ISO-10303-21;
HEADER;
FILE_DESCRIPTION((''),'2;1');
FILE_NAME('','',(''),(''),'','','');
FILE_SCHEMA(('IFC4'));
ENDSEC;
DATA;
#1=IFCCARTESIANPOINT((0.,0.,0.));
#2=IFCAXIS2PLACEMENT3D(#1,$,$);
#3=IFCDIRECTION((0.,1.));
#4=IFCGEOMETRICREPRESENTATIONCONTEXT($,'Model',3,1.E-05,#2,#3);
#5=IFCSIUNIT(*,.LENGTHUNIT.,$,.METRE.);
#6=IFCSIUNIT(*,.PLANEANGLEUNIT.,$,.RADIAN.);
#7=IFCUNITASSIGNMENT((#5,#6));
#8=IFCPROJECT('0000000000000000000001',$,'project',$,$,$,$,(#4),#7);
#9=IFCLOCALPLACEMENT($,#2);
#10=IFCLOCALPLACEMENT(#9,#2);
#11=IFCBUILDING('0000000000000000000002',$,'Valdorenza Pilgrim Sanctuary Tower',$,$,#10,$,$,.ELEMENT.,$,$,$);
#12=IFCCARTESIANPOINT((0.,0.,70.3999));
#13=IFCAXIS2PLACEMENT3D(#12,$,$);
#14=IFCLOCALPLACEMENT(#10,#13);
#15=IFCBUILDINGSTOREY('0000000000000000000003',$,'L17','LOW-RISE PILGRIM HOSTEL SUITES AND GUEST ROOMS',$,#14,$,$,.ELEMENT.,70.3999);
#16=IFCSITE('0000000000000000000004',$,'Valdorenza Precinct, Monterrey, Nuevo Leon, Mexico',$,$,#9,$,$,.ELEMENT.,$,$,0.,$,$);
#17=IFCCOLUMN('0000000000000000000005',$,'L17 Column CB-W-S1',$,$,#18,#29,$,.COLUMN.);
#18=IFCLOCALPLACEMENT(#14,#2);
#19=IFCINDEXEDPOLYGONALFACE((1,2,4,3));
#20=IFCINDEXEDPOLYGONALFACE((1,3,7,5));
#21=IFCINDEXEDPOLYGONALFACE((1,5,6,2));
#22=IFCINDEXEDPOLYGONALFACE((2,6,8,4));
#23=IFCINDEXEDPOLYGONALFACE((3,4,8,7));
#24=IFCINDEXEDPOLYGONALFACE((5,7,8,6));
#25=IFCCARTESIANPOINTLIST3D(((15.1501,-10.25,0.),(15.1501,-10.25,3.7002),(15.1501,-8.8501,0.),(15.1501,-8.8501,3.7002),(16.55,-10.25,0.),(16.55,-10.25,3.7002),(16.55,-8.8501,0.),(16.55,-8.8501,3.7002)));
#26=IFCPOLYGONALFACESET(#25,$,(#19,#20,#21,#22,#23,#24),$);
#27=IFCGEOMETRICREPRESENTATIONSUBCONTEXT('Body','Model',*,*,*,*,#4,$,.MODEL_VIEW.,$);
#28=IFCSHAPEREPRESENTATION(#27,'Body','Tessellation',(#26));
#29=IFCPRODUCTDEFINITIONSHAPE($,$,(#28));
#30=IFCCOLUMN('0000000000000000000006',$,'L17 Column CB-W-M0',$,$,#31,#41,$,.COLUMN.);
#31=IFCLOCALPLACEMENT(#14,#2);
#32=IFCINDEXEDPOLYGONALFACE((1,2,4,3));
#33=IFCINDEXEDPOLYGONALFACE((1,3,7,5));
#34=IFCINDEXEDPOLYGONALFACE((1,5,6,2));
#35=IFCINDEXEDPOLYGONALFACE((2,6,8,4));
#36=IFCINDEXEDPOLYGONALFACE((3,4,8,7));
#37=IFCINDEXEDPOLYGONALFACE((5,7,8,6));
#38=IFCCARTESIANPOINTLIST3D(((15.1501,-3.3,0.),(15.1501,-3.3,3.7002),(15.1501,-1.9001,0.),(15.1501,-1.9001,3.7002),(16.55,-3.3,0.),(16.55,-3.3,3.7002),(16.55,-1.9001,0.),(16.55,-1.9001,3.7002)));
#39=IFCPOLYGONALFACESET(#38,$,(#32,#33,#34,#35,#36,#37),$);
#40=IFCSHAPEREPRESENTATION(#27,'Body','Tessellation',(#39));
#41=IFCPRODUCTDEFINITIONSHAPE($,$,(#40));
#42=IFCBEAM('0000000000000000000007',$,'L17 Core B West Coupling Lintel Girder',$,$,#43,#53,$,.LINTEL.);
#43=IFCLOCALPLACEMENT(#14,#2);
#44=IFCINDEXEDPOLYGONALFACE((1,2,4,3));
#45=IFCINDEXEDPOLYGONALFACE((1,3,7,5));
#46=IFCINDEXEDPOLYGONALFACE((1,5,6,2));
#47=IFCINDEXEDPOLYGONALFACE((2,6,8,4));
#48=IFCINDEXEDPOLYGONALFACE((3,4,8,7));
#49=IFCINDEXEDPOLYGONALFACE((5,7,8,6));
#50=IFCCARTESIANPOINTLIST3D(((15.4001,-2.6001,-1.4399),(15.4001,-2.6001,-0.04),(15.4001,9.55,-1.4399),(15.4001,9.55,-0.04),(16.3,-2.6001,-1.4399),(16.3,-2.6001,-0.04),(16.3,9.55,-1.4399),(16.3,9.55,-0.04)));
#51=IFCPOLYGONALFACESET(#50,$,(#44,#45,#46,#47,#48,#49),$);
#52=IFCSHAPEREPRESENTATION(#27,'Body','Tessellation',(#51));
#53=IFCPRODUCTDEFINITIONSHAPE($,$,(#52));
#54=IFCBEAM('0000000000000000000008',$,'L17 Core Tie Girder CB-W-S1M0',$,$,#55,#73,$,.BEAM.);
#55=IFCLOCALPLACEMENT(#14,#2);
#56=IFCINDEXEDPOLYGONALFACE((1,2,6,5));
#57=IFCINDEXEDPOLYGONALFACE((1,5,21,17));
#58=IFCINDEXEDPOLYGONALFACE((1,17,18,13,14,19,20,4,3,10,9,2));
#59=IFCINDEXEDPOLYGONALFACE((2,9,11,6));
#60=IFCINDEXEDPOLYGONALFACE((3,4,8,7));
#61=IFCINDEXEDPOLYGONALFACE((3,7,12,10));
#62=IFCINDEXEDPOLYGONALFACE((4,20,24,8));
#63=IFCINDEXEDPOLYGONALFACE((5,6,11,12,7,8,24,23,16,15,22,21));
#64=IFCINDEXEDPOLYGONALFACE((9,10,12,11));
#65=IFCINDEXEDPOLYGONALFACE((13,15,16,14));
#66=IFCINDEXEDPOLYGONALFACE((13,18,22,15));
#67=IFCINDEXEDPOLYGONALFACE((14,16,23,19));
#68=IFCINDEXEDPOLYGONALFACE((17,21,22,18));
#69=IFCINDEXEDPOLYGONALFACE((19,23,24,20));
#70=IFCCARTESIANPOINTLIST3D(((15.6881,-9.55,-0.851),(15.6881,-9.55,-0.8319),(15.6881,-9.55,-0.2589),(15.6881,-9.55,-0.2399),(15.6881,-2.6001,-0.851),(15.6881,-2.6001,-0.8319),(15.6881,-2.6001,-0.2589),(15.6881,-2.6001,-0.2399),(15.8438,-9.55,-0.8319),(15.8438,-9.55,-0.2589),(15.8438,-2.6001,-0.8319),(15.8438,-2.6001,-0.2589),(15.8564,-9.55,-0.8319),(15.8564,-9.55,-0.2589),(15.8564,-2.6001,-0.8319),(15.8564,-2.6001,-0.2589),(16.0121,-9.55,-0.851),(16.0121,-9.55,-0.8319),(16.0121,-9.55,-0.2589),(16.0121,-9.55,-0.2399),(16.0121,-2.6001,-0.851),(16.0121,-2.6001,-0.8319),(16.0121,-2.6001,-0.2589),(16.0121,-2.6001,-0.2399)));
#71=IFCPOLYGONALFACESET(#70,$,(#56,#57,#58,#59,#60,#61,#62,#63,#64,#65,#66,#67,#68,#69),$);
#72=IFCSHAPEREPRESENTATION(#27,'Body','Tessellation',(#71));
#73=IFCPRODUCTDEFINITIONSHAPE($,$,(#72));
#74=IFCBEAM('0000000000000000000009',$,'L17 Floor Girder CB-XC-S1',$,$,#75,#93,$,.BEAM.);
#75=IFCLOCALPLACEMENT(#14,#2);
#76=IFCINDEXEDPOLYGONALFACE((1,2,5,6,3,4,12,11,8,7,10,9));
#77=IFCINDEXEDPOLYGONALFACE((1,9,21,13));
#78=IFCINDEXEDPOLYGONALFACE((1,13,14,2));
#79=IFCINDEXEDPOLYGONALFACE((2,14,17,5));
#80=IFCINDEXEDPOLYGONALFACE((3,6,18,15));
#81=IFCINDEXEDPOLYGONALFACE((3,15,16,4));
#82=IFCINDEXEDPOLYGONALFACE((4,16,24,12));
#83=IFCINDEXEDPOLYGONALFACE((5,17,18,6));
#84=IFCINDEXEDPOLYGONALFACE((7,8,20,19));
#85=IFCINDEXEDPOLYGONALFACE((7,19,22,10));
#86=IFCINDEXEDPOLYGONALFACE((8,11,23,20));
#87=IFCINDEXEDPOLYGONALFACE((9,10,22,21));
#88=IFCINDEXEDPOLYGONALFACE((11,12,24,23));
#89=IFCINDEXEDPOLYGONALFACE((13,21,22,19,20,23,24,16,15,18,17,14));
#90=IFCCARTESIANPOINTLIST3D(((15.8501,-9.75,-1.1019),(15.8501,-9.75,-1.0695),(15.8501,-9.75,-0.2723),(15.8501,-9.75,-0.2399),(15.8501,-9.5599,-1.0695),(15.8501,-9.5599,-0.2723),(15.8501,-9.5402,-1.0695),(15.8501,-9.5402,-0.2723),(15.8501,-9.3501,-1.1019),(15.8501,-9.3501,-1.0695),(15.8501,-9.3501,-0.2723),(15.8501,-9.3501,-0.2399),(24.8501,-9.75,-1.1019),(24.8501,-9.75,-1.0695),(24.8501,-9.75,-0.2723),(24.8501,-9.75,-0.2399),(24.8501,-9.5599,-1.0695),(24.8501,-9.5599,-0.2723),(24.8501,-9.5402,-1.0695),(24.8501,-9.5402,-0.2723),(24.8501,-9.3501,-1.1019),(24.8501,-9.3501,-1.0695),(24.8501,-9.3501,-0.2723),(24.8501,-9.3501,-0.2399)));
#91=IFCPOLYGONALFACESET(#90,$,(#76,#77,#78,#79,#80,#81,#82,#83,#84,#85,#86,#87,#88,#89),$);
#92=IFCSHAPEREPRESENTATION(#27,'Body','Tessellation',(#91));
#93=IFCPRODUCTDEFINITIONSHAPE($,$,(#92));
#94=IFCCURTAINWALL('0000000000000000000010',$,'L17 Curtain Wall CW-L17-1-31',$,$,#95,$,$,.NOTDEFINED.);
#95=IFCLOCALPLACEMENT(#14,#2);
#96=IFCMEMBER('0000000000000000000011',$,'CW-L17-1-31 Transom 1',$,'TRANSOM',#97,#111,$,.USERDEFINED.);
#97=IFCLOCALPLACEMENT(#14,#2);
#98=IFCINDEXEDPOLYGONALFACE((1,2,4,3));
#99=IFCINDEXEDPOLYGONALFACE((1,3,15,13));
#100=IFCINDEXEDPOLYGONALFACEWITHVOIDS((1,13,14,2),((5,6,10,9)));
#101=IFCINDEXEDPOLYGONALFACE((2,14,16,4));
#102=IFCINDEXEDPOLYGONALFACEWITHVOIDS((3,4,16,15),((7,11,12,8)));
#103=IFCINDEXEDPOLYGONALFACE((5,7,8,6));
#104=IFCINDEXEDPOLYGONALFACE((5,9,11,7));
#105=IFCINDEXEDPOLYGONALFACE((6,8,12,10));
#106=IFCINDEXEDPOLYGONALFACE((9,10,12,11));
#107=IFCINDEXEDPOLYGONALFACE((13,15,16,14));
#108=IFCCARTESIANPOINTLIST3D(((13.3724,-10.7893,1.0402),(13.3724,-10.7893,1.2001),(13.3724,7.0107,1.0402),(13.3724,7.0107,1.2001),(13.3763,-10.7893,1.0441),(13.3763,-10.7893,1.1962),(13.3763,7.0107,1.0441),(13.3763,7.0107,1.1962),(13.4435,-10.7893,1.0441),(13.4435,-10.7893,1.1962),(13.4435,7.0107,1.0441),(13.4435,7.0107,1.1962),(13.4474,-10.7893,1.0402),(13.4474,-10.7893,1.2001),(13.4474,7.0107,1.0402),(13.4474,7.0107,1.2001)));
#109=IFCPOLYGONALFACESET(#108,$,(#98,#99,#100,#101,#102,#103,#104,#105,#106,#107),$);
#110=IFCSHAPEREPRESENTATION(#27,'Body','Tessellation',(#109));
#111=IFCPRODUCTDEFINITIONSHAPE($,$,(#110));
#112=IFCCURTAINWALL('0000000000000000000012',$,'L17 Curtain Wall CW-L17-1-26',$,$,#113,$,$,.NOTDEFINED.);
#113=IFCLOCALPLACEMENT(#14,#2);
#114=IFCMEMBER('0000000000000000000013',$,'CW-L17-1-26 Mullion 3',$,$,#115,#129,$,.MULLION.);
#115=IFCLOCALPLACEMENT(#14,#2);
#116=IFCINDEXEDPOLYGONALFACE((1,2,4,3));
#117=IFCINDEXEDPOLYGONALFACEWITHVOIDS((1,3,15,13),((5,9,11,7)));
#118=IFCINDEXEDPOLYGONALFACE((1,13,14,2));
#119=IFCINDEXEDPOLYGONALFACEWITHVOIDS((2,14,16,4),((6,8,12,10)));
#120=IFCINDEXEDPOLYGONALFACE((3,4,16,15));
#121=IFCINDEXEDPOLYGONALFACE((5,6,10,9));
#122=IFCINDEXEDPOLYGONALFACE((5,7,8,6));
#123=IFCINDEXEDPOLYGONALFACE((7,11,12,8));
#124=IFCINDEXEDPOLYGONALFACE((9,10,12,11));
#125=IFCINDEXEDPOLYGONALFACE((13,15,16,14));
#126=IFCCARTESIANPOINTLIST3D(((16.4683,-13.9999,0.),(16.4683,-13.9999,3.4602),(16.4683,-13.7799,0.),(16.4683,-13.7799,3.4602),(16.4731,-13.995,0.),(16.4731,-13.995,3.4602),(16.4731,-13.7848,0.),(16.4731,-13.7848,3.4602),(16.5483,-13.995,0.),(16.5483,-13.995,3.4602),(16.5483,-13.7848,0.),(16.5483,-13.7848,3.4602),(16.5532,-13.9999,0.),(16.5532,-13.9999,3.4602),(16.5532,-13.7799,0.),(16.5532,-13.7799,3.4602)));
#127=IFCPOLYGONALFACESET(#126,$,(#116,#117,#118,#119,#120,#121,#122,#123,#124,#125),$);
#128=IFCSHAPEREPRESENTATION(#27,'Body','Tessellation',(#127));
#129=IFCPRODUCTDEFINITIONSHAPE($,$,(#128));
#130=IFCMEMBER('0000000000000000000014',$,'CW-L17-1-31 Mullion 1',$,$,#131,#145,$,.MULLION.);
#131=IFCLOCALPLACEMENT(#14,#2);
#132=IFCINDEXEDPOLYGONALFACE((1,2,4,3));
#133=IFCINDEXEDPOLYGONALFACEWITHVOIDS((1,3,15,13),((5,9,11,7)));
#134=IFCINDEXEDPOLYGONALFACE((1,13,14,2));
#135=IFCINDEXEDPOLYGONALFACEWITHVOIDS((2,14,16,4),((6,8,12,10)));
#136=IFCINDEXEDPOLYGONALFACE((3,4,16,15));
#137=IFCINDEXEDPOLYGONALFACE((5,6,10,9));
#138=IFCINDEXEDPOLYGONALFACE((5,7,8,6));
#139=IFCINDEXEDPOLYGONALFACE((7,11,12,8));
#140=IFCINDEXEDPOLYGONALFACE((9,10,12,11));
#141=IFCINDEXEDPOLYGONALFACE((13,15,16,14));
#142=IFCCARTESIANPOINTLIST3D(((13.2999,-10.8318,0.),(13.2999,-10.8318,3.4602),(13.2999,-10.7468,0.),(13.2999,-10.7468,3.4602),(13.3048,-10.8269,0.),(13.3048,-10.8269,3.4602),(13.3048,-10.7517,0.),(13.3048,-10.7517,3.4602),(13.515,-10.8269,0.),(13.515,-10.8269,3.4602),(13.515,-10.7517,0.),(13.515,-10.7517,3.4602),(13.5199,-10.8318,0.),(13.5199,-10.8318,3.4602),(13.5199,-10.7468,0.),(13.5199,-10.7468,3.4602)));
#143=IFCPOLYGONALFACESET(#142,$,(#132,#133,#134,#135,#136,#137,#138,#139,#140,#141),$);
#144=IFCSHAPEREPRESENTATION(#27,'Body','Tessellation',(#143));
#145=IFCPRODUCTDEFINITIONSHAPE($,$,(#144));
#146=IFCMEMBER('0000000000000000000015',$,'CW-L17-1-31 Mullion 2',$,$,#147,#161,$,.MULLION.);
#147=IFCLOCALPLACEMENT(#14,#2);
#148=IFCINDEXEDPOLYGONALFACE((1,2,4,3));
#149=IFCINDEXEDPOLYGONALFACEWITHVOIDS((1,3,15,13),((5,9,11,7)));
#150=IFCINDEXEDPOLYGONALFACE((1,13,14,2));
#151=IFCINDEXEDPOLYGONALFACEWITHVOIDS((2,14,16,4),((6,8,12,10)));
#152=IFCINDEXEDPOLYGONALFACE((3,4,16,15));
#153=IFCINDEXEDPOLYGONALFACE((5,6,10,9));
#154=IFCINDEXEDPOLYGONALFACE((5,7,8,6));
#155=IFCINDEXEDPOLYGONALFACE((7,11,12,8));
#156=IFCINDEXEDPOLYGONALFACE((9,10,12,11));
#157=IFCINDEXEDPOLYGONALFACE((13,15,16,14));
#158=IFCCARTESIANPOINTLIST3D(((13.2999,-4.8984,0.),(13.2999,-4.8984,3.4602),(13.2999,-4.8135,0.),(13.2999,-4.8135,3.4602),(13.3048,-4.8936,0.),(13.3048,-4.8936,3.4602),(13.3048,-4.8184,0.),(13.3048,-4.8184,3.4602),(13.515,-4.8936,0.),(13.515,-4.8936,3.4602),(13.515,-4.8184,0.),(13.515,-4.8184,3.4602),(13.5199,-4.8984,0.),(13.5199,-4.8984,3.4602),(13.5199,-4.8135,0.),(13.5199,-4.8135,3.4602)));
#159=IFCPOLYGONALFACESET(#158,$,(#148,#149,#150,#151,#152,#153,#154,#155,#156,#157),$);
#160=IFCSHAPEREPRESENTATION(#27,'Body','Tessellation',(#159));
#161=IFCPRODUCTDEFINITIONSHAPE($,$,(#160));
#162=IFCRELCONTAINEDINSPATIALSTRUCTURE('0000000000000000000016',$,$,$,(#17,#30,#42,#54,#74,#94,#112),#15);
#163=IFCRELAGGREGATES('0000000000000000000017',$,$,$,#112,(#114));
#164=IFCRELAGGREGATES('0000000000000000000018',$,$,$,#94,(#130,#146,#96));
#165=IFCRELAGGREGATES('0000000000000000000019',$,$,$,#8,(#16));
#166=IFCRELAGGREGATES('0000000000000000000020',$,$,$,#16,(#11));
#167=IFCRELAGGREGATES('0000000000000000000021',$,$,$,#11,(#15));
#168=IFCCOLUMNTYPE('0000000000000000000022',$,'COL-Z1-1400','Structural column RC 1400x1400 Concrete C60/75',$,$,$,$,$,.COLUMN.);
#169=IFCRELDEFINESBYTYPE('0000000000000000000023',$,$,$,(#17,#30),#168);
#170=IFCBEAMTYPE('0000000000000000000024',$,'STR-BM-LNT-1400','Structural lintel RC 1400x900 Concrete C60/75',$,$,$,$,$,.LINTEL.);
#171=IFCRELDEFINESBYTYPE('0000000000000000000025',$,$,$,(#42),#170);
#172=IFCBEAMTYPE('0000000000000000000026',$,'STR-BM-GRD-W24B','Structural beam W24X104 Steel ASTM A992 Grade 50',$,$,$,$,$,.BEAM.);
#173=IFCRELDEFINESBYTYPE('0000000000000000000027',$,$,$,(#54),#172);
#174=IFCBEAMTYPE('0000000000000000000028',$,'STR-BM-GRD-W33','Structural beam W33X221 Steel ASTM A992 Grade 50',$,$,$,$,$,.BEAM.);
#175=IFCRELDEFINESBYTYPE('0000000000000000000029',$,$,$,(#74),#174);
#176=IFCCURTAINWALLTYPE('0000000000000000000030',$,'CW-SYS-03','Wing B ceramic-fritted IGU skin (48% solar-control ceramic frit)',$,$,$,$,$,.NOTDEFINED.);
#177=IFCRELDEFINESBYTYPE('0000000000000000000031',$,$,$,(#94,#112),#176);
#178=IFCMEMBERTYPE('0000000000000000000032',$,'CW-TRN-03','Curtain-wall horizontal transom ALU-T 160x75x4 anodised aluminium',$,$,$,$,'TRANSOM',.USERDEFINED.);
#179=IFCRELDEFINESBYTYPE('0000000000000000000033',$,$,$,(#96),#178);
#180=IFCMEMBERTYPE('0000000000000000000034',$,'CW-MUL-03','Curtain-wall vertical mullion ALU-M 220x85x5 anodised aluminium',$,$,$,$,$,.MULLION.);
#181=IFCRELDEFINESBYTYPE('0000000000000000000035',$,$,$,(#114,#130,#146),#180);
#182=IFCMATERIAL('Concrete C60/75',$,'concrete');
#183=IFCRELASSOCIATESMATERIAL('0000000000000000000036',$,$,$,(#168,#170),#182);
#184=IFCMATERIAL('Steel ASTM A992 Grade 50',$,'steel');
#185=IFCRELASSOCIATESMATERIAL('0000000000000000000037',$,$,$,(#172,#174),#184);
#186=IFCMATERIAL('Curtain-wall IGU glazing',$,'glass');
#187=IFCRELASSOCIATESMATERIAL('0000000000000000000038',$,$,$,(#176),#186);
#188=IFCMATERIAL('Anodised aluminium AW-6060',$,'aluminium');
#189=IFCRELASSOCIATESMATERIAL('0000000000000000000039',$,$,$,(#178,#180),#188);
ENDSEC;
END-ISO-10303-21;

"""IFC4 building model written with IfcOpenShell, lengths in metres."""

from ifc_helpers import new_model, si_unit, direction, frame, origin, origin_2d, place, context, subcontext, project, spatial, rectangle, hollow_rectangle, i_section, extrude, source, transform, mapped, material, material_profile, profile_set, type_object, element, aggregate, save


model = new_model("IFC4")

# Units and contexts
model_context = context("Model", 3, precision=1e-05, world=origin(), true_north=direction((0.0, 1.0)))
body_context = subcontext(model_context, "Body", "Model", "MODEL_VIEW")
ifc_project = project(units=[si_unit("LENGTHUNIT", "METRE"), si_unit("PLANEANGLEUNIT", "RADIAN")], contexts=[model_context])

# Site, building, storey
site_placement = place(None, origin())
site = spatial("IfcSite", under=ifc_project, at=site_placement, Name="Valdorenza Precinct, Monterrey, Nuevo Leon, Mexico", CompositionType="ELEMENT", RefElevation=0.0)
building_placement = place(site_placement, origin())
building = spatial("IfcBuilding", under=site, at=building_placement, Name="Valdorenza Pilgrim Sanctuary Tower", CompositionType="ELEMENT")
storey_placement = place(building_placement, frame((0.0, 0.0, 70.3999)))
storey = spatial("IfcBuildingStorey", under=building, at=storey_placement, Name="L17", Description="LOW-RISE PILGRIM HOSTEL SUITES AND GUEST ROOMS", CompositionType="ELEMENT", Elevation=70.3999)

# Columns
ifc_material_1 = material(Name="Concrete C60/75", Category="concrete")
ifc_material_profile_1 = material_profile(ifc_material_1, rectangle(XDim=1.3999, YDim=1.3999, at=origin_2d()), Name="RC 1400x1400")
ifc_profile_set_1 = profile_set([ifc_material_profile_1], Name="Concrete C60/75")
column_type = type_object("IfcColumnType", Name="COL-Z1-1400", Description="Structural column RC 1400x1400 Concrete C60/75", PredefinedType="COLUMN", material=ifc_profile_set_1)
shared_shape_1 = source(origin(), body_context, "Body", "SweptSolid", [
    extrude(rectangle(XDim=1.3999, YDim=1.3999, at=origin_2d()), origin(), (0.0, 0.0, 1.0), 3.7002),
])
for number, where, z_axis, x_axis, name in (
    (1, (15.8501, -9.55, 0.0), (0.0, 0.0, 1.0), (1.0, 0.0, 0.0), "L17 Column CB-W-S1"),
    (2, (15.8501, -2.6001, 0.0), (0.0, 0.0, 1.0), (1.0, 0.0, 0.0), "L17 Column CB-W-M0"),
):
    element("IfcColumn", number, at=place(storey_placement, frame(where, z_axis=z_axis, x_axis=x_axis)), inside=storey, type_object=column_type, Name=name, PredefinedType="COLUMN", context=body_context, shape_type="MappedRepresentation", body=[
        mapped(shared_shape_1, transform((0.0, 0.0, 0.0), x_axis=(1.0, 0.0, 0.0), y_axis=(0.0, 1.0, 0.0), z_axis=(0.0, 0.0, 1.0), scale=1.0)),
    ])

# Beams
ifc_material_profile_2 = material_profile(ifc_material_1, rectangle(XDim=0.8999, YDim=1.3999, at=origin_2d()), Name="RC 1400x900")
ifc_profile_set_2 = profile_set([ifc_material_profile_2], Name="Concrete C60/75")
beam_type_1 = type_object("IfcBeamType", Name="STR-BM-LNT-1400", Description="Structural lintel RC 1400x900 Concrete C60/75", PredefinedType="LINTEL", material=ifc_profile_set_2)
shared_shape_2 = source(origin(), body_context, "Body", "SweptSolid", [
    extrude(rectangle(XDim=0.8999, YDim=1.3999, at=origin_2d()), origin(), (0.0, 0.0, 1.0), 12.1501),
])
beam_1_placement = place(storey_placement, frame((15.8501, -2.6001, -0.74), z_axis=(0.0, 1.0, 0.0), x_axis=(-1.0, 0.0, 0.0)))
element("IfcBeam", 3, at=beam_1_placement, inside=storey, type_object=beam_type_1, Name="L17 Core B West Coupling Lintel Girder", PredefinedType="LINTEL", context=body_context, shape_type="MappedRepresentation", body=[
    mapped(shared_shape_2, transform((0.0, 0.0, 0.0), x_axis=(1.0, 0.0, 0.0), y_axis=(0.0, 1.0, 0.0), z_axis=(0.0, 0.0, 1.0), scale=1.0)),
])
ifc_material_2 = material(Name="Steel ASTM A992 Grade 50", Category="steel")
ifc_material_profile_3 = material_profile(ifc_material_2, i_section(OverallWidth=0.324, OverallDepth=0.6111, WebThickness=0.0127, FlangeThickness=0.019, at=origin_2d()), Name="W24X104")
ifc_profile_set_3 = profile_set([ifc_material_profile_3], Name="Steel ASTM A992 Grade 50")
beam_type_2 = type_object("IfcBeamType", Name="STR-BM-GRD-W24B", Description="Structural beam W24X104 Steel ASTM A992 Grade 50", PredefinedType="BEAM", material=ifc_profile_set_3)
shared_shape_3 = source(origin(), body_context, "Body", "SweptSolid", [
    extrude(i_section(OverallWidth=0.324, OverallDepth=0.6111, WebThickness=0.0127, FlangeThickness=0.019, at=origin_2d()), origin(), (0.0, 0.0, 1.0), 6.95),
])
beam_2_placement = place(storey_placement, frame((15.8501, -9.55, -0.5454), z_axis=(0.0, 1.0, 0.0), x_axis=(-1.0, 0.0, 0.0)))
element("IfcBeam", 4, at=beam_2_placement, inside=storey, type_object=beam_type_2, Name="L17 Core Tie Girder CB-W-S1M0", PredefinedType="BEAM", context=body_context, shape_type="MappedRepresentation", body=[
    mapped(shared_shape_3, transform((0.0, 0.0, 0.0), x_axis=(1.0, 0.0, 0.0), y_axis=(0.0, 1.0, 0.0), z_axis=(0.0, 0.0, 1.0), scale=1.0)),
])
ifc_material_profile_4 = material_profile(ifc_material_2, i_section(OverallWidth=0.3999, OverallDepth=0.8621, WebThickness=0.0198, FlangeThickness=0.0325, at=origin_2d()), Name="W33X221")
ifc_profile_set_4 = profile_set([ifc_material_profile_4], Name="Steel ASTM A992 Grade 50")
beam_type_3 = type_object("IfcBeamType", Name="STR-BM-GRD-W33", Description="Structural beam W33X221 Steel ASTM A992 Grade 50", PredefinedType="BEAM", material=ifc_profile_set_4)
shared_shape_4 = source(origin(), body_context, "Body", "SweptSolid", [
    extrude(i_section(OverallWidth=0.3999, OverallDepth=0.8621, WebThickness=0.0198, FlangeThickness=0.0325, at=origin_2d()), origin(), (0.0, 0.0, 1.0), 9.0),
])
beam_3_placement = place(storey_placement, frame((15.8501, -9.55, -0.6709), z_axis=(1.0, 0.0, 0.0), x_axis=(0.0, 1.0, 0.0)))
element("IfcBeam", 5, at=beam_3_placement, inside=storey, type_object=beam_type_3, Name="L17 Floor Girder CB-XC-S1", PredefinedType="BEAM", context=body_context, shape_type="MappedRepresentation", body=[
    mapped(shared_shape_4, transform((0.0, 0.0, 0.0), x_axis=(1.0, 0.0, 0.0), y_axis=(0.0, 1.0, 0.0), z_axis=(0.0, 0.0, 1.0), scale=1.0)),
])

# Curtain walls, members
ifc_material_3 = material(Name="Curtain-wall IGU glazing", Category="glass")
curtain_wall_type = type_object("IfcCurtainWallType", Name="CW-SYS-03", Description="Wing B ceramic-fritted IGU skin (48% solar-control ceramic frit)", PredefinedType="NOTDEFINED", material=ifc_material_3)
curtain_wall_1_placement = place(storey_placement, origin())
curtain_wall_1 = element("IfcCurtainWall", 6, at=curtain_wall_1_placement, inside=storey, type_object=curtain_wall_type, Name="L17 Curtain Wall CW-L17-1-31", PredefinedType="NOTDEFINED")
ifc_material_4 = material(Name="Anodised aluminium AW-6060", Category="aluminium")
ifc_material_profile_5 = material_profile(ifc_material_4, hollow_rectangle(XDim=0.075, YDim=0.1599, WallThickness=0.0039, at=origin_2d()), Name="ALU-T 160x75x4")
ifc_profile_set_5 = profile_set([ifc_material_profile_5], Name="Anodised aluminium AW-6060")
member_type_1 = type_object("IfcMemberType", Name="CW-TRN-03", Description="Curtain-wall horizontal transom ALU-T 160x75x4 anodised aluminium", ElementType="TRANSOM", PredefinedType="USERDEFINED", material=ifc_profile_set_5)
shared_shape_5 = source(origin(), body_context, "Body", "SweptSolid", [
    extrude(hollow_rectangle(XDim=0.075, YDim=0.1599, WallThickness=0.0039, at=origin_2d()), origin(), (0.0, 0.0, 1.0), 17.8),
])
member_1_placement = place(storey_placement, frame((13.4099, -10.7893, 1.1201), z_axis=(0.0, 1.0, 0.0), x_axis=(-1.0, 0.0, 0.0)))
member_1 = element("IfcMember", 7, at=member_1_placement, type_object=member_type_1, Name="CW-L17-1-31 Transom 1", ObjectType="TRANSOM", PredefinedType="USERDEFINED", context=body_context, shape_type="MappedRepresentation", body=[
    mapped(shared_shape_5, transform((0.0, 0.0, 0.0), x_axis=(1.0, 0.0, 0.0), y_axis=(0.0, 1.0, 0.0), z_axis=(0.0, 0.0, 1.0), scale=1.0)),
])
curtain_wall_2_placement = place(storey_placement, origin())
curtain_wall_2 = element("IfcCurtainWall", 8, at=curtain_wall_2_placement, inside=storey, type_object=curtain_wall_type, Name="L17 Curtain Wall CW-L17-1-26", PredefinedType="NOTDEFINED")
ifc_material_profile_6 = material_profile(ifc_material_4, hollow_rectangle(XDim=0.085, YDim=0.22, WallThickness=0.0049, at=origin_2d()), Name="ALU-M 220x85x5")
ifc_profile_set_6 = profile_set([ifc_material_profile_6], Name="Anodised aluminium AW-6060")
member_type_2 = type_object("IfcMemberType", Name="CW-MUL-03", Description="Curtain-wall vertical mullion ALU-M 220x85x5 anodised aluminium", PredefinedType="MULLION", material=ifc_profile_set_6)
shared_shape_6 = source(origin(), body_context, "Body", "SweptSolid", [
    extrude(hollow_rectangle(XDim=0.085, YDim=0.22, WallThickness=0.0049, at=origin_2d()), origin(), (0.0, 0.0, 1.0), 3.4602),
])
member_2_placement = place(storey_placement, frame((16.5107, -13.8899, 0.0), z_axis=(0.0, 0.0, 1.0), x_axis=(-1.0, 0.0, 0.0)))
member_2 = element("IfcMember", 9, at=member_2_placement, type_object=member_type_2, Name="CW-L17-1-26 Mullion 3", PredefinedType="MULLION", context=body_context, shape_type="MappedRepresentation", body=[
    mapped(shared_shape_6, transform((0.0, 0.0, 0.0), x_axis=(1.0, 0.0, 0.0), y_axis=(0.0, 1.0, 0.0), z_axis=(0.0, 0.0, 1.0), scale=1.0)),
])
aggregate(curtain_wall_2, [member_2])

# Members
member_3_placement = place(storey_placement, frame((13.4099, -10.7893, 0.0), z_axis=(0.0, 0.0, 1.0), x_axis=(0.0, 1.0, 0.0)))
member_3 = element("IfcMember", 10, at=member_3_placement, type_object=member_type_2, Name="CW-L17-1-31 Mullion 1", PredefinedType="MULLION", context=body_context, shape_type="MappedRepresentation", body=[
    mapped(shared_shape_6, transform((0.0, 0.0, 0.0), x_axis=(1.0, 0.0, 0.0), y_axis=(0.0, 1.0, 0.0), z_axis=(0.0, 0.0, 1.0), scale=1.0)),
])
member_4_placement = place(storey_placement, frame((13.4099, -4.856, 0.0), z_axis=(0.0, 0.0, 1.0), x_axis=(0.0, 1.0, 0.0)))
member_4 = element("IfcMember", 11, at=member_4_placement, type_object=member_type_2, Name="CW-L17-1-31 Mullion 2", PredefinedType="MULLION", context=body_context, shape_type="MappedRepresentation", body=[
    mapped(shared_shape_6, transform((0.0, 0.0, 0.0), x_axis=(1.0, 0.0, 0.0), y_axis=(0.0, 1.0, 0.0), z_axis=(0.0, 0.0, 1.0), scale=1.0)),
])

aggregate(curtain_wall_1, [member_3, member_4, member_1])

save(model, "model.ifc")
